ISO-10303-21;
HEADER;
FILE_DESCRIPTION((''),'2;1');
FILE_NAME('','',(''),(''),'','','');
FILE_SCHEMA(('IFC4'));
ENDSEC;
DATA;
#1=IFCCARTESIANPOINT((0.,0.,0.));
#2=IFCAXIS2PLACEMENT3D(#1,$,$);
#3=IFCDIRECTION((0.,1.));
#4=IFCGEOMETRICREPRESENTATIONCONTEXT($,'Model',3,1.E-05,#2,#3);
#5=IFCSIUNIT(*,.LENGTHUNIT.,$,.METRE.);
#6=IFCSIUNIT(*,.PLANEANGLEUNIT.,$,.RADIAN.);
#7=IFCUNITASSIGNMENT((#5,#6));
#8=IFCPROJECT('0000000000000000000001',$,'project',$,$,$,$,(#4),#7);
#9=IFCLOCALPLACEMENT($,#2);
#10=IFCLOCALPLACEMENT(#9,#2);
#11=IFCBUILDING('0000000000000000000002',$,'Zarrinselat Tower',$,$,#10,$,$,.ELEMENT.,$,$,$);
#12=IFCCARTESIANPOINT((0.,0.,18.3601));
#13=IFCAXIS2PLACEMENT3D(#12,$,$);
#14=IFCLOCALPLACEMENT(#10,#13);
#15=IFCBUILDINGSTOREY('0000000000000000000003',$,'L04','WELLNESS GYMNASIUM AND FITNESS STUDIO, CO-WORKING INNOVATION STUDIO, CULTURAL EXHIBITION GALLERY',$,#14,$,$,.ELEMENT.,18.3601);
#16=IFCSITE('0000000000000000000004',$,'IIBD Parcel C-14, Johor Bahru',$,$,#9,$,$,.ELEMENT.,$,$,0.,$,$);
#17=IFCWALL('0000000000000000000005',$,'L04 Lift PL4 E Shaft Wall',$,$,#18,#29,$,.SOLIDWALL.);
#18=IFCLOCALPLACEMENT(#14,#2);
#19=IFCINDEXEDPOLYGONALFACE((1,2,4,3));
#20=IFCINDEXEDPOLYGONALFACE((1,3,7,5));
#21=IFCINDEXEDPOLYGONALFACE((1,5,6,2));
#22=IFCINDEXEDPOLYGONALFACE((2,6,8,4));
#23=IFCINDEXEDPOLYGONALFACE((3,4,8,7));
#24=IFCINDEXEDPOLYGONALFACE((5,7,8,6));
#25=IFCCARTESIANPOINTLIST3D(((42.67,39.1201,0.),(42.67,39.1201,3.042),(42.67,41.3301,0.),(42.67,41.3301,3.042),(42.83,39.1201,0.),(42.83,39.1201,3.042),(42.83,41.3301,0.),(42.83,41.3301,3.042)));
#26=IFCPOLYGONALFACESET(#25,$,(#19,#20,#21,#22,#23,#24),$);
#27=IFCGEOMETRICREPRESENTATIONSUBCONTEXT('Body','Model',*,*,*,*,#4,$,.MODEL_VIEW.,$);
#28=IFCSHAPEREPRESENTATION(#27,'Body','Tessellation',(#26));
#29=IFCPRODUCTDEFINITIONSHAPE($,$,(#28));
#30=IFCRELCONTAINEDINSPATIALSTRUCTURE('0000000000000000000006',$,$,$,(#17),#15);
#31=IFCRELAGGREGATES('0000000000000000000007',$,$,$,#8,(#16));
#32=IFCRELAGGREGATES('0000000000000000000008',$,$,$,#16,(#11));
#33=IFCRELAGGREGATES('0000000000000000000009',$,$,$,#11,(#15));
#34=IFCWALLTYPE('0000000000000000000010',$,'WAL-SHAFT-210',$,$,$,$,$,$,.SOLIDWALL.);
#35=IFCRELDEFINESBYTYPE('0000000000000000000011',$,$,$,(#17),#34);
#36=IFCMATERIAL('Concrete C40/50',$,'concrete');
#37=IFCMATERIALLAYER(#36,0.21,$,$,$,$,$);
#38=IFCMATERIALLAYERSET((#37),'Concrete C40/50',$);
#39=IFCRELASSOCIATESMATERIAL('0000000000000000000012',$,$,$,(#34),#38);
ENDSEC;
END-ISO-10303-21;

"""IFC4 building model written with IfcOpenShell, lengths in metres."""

from ifc_helpers import new_model, si_unit, direction, frame, frame_2d, origin, place, context, subcontext, project, spatial, rectangle, extrude, material, layer, layer_set, type_object, element, save


model = new_model("IFC4")

# Units and contexts
model_context = context("Model", 3, precision=1e-05, world=origin(), true_north=direction((0.0, 1.0)))
body_context = subcontext(model_context, "Body", "Model", "MODEL_VIEW")
ifc_project = project(units=[si_unit("LENGTHUNIT", "METRE"), si_unit("PLANEANGLEUNIT", "RADIAN")], contexts=[model_context])

# Site, building, storey
site_placement = place(None, origin())
site = spatial("IfcSite", under=ifc_project, at=site_placement, Name="IIBD Parcel C-14, Johor Bahru", CompositionType="ELEMENT", RefElevation=0.0)
building_placement = place(site_placement, origin())
building = spatial("IfcBuilding", under=site, at=building_placement, Name="Zarrinselat Tower", CompositionType="ELEMENT")
storey_placement = place(building_placement, frame((0.0, 0.0, 18.3601)))
storey = spatial("IfcBuildingStorey", under=building, at=storey_placement, Name="L04", Description="WELLNESS GYMNASIUM AND FITNESS STUDIO, CO-WORKING INNOVATION STUDIO, CULTURAL EXHIBITION GALLERY", CompositionType="ELEMENT", Elevation=18.3601)

# Wall
ifc_material_1 = material(Name="Concrete C40/50", Category="concrete")
ifc_layer_1 = layer(ifc_material_1, 0.21)
ifc_layer_set_1 = layer_set([ifc_layer_1], Name="Concrete C40/50")
wall_type = type_object("IfcWallType", Name="WAL-SHAFT-210", PredefinedType="SOLIDWALL", material=ifc_layer_set_1)
wall_1_placement = place(storey_placement, frame((42.75, 39.1201, 0.0), z_axis=(0.0, 0.0, 1.0), x_axis=(0.0, 1.0, 0.0)))
element("IfcWall", 1, at=wall_1_placement, inside=storey, type_object=wall_type, Name="L04 Lift PL4 E Shaft Wall", PredefinedType="SOLIDWALL", context=body_context, shape_type="SweptSolid", body=[
    extrude(rectangle(XDim=2.21, YDim=0.1599, at=frame_2d((1.105, 0.0))), origin(), (0.0, 0.0, 1.0), 3.042),
])

save(model, "model.ifc")
